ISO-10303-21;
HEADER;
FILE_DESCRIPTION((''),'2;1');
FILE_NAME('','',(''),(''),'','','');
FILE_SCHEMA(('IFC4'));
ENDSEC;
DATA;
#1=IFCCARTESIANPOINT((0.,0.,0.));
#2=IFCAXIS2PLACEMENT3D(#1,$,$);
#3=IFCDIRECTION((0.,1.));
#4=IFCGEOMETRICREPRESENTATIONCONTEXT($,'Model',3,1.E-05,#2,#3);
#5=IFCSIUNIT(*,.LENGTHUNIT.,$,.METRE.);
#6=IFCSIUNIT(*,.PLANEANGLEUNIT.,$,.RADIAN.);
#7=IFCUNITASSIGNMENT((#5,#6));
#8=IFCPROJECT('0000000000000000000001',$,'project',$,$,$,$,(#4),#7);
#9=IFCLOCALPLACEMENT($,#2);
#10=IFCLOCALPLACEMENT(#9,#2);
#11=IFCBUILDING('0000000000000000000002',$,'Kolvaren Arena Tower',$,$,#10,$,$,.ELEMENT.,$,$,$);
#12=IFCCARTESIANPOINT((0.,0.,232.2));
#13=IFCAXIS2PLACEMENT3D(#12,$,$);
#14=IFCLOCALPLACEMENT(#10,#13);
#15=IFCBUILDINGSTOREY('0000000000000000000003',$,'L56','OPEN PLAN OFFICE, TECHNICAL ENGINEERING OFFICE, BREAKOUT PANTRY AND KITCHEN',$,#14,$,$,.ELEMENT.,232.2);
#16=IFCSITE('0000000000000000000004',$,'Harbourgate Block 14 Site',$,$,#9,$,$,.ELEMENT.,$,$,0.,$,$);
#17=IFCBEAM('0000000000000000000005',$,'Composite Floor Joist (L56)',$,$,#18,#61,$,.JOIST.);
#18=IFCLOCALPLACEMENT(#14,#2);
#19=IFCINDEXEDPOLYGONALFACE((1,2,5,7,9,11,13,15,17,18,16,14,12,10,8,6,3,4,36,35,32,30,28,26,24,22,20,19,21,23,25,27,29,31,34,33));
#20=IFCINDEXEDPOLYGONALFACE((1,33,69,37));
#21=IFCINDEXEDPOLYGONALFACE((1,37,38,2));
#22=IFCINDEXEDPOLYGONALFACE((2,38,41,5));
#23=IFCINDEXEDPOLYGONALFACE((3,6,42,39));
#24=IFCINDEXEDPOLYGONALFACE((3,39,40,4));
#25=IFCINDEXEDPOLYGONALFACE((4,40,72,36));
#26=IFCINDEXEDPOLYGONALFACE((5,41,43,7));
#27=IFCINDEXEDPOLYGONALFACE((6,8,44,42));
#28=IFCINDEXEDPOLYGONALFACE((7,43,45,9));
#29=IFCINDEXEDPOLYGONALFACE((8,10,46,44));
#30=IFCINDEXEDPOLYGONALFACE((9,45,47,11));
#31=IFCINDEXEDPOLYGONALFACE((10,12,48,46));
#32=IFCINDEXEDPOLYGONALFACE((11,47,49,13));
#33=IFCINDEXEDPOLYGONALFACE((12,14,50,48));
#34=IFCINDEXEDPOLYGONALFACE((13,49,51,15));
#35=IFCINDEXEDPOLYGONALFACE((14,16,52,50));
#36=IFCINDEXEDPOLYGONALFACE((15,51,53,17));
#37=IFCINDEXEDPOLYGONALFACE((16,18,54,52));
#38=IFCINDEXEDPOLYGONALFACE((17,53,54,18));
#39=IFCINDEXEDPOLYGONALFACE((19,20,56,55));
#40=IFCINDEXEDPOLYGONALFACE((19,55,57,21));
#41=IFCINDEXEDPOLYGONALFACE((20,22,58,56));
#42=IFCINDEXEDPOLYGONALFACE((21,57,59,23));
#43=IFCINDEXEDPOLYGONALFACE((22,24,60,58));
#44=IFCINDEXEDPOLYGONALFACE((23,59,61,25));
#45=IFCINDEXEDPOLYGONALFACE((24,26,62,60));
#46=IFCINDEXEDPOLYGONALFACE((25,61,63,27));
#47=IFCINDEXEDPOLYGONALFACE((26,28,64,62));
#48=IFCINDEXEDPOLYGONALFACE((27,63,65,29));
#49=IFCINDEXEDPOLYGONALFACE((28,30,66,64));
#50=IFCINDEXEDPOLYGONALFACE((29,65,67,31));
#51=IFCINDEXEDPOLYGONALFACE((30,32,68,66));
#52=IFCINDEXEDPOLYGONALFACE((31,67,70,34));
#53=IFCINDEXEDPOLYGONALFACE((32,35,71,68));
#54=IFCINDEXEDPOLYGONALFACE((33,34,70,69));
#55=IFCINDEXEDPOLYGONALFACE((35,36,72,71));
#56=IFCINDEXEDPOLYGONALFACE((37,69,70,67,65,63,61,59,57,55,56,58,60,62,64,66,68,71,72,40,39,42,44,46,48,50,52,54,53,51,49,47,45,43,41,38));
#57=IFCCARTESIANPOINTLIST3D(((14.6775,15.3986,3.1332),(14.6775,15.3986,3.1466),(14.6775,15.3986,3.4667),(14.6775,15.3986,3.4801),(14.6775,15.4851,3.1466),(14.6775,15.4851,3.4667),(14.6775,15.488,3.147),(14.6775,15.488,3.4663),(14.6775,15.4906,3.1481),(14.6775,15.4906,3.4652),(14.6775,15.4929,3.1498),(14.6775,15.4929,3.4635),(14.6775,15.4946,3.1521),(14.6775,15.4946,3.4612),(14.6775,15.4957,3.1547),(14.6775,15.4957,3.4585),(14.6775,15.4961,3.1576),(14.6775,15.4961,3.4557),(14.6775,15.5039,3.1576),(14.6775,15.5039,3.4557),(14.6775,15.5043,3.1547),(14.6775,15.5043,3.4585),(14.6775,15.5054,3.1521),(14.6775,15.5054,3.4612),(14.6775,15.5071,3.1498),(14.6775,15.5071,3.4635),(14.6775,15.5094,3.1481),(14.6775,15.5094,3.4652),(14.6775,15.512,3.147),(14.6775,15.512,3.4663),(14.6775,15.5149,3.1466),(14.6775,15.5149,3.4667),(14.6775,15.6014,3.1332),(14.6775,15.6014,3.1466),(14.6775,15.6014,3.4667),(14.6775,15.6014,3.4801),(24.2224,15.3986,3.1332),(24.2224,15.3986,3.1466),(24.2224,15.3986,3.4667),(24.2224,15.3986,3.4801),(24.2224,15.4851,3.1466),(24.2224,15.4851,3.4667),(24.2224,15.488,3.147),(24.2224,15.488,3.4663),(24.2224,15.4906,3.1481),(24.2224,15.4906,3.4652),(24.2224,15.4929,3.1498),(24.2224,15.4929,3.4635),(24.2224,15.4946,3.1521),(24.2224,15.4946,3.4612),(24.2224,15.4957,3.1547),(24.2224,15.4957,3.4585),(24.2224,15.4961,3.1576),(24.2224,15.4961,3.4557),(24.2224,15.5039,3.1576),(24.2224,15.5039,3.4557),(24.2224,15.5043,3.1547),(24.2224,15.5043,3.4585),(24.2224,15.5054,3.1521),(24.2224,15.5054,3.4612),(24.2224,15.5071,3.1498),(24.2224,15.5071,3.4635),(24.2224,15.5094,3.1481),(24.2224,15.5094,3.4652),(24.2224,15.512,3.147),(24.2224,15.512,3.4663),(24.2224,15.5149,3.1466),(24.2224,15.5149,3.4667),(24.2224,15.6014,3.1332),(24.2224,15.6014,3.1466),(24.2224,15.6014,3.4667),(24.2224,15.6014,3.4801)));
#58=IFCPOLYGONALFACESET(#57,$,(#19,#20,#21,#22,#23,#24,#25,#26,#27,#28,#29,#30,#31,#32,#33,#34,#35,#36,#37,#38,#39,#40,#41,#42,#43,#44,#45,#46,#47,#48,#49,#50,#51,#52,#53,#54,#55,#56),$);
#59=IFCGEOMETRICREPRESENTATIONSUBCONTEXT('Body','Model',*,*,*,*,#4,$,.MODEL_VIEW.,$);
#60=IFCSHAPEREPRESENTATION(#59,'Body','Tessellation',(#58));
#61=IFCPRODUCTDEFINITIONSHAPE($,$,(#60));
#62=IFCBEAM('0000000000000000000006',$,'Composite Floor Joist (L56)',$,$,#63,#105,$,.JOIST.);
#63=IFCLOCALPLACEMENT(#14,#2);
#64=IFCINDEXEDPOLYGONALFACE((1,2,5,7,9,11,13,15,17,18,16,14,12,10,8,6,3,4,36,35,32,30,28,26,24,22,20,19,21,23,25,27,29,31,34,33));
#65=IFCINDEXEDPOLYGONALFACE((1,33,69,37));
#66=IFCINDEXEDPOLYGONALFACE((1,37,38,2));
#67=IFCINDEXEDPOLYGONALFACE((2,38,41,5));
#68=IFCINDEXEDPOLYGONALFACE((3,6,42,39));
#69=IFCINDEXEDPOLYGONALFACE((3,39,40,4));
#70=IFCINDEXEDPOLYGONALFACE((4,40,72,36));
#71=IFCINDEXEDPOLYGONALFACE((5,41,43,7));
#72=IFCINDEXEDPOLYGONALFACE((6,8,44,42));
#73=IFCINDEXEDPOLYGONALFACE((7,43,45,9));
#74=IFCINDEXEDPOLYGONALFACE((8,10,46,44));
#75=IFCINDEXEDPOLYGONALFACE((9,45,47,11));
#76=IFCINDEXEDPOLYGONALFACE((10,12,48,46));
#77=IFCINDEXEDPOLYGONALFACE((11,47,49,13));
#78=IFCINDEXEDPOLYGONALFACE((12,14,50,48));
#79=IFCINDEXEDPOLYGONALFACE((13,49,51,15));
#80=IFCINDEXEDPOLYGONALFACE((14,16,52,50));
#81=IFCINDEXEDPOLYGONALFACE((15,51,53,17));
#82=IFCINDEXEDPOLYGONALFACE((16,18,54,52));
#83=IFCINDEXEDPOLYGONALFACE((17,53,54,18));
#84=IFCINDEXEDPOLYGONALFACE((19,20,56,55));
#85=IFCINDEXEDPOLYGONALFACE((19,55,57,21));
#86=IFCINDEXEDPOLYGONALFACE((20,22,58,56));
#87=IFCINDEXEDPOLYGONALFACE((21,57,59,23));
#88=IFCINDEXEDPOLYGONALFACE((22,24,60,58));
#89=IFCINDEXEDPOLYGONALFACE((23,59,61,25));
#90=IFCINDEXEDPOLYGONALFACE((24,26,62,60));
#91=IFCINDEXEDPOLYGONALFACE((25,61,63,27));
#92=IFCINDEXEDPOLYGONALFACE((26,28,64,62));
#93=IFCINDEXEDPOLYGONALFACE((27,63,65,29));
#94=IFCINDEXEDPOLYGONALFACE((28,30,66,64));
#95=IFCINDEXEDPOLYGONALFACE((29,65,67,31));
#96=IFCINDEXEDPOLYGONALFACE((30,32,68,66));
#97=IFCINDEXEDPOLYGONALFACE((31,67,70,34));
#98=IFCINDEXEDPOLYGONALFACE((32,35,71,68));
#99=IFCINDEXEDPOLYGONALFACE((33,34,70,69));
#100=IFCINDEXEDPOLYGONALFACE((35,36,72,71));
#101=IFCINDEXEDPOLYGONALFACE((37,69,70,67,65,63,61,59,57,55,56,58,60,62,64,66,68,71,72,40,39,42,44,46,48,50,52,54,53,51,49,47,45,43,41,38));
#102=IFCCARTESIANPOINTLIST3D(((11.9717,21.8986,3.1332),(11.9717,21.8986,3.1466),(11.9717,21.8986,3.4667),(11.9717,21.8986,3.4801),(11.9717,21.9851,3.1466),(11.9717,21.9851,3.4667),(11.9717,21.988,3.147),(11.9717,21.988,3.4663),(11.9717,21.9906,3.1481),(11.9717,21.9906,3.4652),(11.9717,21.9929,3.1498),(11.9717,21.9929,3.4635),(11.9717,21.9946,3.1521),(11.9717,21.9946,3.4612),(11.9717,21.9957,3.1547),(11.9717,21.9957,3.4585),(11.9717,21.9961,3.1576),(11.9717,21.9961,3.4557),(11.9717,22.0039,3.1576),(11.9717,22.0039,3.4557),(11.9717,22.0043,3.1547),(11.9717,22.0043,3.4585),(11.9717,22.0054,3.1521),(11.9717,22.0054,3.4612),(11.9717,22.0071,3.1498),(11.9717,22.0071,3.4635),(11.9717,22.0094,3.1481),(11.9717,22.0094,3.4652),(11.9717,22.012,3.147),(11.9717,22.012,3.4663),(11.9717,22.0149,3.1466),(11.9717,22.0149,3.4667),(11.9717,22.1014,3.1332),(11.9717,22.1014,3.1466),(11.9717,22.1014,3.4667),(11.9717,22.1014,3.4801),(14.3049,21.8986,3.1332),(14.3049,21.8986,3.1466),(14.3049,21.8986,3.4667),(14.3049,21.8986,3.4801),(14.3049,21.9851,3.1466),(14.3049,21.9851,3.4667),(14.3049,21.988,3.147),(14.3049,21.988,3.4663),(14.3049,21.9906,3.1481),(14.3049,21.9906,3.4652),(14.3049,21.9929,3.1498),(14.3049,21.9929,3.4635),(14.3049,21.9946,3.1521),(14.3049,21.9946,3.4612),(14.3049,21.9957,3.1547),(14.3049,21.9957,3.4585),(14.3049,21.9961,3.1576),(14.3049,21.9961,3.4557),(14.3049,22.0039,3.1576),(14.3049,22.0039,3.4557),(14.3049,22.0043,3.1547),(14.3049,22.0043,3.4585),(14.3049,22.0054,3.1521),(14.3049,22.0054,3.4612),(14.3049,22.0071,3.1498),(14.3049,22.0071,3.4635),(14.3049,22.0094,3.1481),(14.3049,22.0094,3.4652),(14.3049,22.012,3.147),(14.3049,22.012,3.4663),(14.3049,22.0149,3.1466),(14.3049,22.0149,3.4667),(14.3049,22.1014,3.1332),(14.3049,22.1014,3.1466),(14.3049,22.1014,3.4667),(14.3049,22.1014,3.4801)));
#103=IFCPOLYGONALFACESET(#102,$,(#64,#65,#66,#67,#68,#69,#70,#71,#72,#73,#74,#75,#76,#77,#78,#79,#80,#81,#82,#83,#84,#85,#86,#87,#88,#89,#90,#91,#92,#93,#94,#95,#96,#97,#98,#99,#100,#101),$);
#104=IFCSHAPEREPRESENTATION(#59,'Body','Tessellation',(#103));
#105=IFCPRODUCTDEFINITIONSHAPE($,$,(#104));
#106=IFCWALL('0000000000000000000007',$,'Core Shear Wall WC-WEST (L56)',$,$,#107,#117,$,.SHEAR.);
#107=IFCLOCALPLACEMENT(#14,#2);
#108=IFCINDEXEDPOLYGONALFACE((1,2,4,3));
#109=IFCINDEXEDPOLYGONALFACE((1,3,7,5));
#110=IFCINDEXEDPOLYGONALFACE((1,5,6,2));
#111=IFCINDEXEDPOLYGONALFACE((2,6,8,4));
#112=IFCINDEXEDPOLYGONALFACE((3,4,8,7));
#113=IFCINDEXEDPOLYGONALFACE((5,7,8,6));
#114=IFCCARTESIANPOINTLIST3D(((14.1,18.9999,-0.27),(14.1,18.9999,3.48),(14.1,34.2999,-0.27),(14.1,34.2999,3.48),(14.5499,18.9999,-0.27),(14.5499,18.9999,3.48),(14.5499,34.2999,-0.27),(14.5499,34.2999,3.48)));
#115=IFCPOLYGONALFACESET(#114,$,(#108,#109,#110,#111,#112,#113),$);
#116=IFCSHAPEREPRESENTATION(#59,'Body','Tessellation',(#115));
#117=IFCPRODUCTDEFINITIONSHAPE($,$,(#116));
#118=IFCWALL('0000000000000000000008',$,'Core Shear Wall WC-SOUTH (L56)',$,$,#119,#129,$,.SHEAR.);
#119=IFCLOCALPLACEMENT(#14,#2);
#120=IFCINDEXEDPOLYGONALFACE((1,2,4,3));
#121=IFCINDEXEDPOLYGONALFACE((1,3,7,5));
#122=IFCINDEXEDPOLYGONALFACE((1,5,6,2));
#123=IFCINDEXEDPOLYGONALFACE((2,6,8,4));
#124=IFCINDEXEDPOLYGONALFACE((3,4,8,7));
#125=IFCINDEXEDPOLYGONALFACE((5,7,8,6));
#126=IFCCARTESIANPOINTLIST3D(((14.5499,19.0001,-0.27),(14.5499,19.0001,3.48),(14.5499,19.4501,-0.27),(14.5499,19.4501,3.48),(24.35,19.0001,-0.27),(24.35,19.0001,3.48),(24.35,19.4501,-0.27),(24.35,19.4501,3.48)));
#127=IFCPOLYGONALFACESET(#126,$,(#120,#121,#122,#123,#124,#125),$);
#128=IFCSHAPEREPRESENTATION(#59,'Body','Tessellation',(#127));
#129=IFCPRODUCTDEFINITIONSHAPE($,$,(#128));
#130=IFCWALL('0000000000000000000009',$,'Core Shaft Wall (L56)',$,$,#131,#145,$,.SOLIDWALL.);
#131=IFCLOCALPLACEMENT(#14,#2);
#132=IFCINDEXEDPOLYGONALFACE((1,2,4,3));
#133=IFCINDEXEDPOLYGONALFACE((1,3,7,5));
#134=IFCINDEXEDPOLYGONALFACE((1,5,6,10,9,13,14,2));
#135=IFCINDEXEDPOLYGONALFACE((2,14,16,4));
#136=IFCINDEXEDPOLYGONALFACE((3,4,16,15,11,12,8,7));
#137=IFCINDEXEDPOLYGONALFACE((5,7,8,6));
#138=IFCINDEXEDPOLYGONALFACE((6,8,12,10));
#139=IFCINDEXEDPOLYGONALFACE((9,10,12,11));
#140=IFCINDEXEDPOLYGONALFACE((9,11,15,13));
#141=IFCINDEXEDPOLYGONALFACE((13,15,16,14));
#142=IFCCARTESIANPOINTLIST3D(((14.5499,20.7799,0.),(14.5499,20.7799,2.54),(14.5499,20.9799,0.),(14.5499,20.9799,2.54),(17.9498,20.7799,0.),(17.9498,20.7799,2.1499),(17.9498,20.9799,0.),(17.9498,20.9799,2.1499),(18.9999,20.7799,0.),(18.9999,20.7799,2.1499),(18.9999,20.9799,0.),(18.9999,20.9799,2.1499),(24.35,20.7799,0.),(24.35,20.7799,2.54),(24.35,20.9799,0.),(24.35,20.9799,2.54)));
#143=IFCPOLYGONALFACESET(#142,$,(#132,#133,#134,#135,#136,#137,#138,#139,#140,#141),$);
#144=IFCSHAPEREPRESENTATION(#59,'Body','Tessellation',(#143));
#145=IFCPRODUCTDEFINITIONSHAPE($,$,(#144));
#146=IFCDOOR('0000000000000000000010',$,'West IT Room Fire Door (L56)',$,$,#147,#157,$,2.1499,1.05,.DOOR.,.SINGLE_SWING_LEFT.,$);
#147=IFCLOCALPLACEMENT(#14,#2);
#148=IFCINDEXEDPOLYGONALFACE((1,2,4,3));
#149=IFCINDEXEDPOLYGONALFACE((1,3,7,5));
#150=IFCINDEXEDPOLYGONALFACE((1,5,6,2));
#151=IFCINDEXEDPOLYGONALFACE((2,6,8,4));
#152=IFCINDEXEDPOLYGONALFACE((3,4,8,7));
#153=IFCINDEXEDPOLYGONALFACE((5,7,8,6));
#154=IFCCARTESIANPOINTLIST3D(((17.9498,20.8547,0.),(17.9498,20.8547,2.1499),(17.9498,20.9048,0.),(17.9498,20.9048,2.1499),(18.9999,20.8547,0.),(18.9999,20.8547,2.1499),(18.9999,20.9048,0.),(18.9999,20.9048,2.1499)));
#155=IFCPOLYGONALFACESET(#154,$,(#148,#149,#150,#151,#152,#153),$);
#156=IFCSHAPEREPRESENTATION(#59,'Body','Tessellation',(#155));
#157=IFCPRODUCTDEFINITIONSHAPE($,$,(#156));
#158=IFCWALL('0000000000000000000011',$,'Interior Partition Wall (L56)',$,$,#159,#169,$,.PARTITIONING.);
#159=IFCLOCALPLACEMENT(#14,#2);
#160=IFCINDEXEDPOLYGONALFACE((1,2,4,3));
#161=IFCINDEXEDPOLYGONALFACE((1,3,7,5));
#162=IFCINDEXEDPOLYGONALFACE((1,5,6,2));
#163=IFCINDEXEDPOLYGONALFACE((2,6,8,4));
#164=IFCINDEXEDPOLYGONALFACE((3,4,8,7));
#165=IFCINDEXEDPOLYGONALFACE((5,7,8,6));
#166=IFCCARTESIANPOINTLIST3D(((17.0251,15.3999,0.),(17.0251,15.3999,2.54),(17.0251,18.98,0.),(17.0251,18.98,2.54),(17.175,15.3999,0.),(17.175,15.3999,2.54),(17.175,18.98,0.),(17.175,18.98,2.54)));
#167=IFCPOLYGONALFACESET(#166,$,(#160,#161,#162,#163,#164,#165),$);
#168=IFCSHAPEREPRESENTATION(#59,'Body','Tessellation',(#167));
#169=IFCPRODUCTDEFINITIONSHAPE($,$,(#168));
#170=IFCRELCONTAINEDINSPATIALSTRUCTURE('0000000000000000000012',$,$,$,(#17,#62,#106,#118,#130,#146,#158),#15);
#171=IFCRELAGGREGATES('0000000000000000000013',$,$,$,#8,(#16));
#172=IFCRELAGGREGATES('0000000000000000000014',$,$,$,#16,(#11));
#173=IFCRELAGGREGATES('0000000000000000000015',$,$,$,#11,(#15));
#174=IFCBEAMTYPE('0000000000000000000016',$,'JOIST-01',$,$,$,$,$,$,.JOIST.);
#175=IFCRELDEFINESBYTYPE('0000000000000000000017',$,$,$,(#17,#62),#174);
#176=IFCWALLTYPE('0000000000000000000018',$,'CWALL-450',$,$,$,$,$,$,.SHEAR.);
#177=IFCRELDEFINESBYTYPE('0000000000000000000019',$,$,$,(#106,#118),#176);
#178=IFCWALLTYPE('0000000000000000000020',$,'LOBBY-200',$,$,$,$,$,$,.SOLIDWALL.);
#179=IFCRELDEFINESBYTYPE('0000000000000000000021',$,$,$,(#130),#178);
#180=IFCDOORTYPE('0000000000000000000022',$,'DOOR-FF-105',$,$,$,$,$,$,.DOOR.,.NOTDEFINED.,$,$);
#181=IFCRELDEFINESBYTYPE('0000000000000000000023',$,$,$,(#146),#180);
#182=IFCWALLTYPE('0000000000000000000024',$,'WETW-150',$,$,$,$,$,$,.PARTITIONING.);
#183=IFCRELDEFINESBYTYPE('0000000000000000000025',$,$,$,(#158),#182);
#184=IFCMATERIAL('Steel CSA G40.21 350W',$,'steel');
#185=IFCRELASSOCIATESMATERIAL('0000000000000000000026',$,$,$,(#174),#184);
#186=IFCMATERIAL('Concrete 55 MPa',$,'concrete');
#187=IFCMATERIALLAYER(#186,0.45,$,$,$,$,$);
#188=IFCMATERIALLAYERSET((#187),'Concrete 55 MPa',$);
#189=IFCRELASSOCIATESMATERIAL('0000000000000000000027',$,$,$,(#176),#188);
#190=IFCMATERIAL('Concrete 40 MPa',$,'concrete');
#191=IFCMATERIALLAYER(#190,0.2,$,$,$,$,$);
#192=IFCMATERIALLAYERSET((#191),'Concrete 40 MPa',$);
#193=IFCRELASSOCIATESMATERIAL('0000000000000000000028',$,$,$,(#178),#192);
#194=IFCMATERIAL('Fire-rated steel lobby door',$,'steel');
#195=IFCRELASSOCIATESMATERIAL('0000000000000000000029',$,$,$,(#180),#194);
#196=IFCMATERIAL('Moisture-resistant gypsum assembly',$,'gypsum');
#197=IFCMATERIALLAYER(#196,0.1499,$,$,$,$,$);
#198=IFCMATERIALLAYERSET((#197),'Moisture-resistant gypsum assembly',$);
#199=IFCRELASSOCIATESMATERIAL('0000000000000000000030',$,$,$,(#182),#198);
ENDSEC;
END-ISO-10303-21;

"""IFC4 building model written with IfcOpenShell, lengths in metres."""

from ifc_helpers import new_model, si_unit, direction, frame, frame_2d, origin, origin_2d, place, context, subcontext, project, spatial, rectangle, i_section, extrude, material, layer, layer_set, material_profile, profile_set, type_object, element, fill, save


model = new_model("IFC4")

# Units and contexts
model_context = context("Model", 3, precision=1e-05, world=origin(), true_north=direction((0.0, 1.0)))
body_context = subcontext(model_context, "Body", "Model", "MODEL_VIEW")
ifc_project = project(units=[si_unit("LENGTHUNIT", "METRE"), si_unit("PLANEANGLEUNIT", "RADIAN")], contexts=[model_context])

# Site, building, storey
site_placement = place(None, origin())
site = spatial("IfcSite", under=ifc_project, at=site_placement, Name="Harbourgate Block 14 Site", CompositionType="ELEMENT", RefElevation=0.0)
building_placement = place(site_placement, origin())
building = spatial("IfcBuilding", under=site, at=building_placement, Name="Kolvaren Arena Tower", CompositionType="ELEMENT")
storey_placement = place(building_placement, frame((0.0, 0.0, 232.2)))
storey = spatial("IfcBuildingStorey", under=building, at=storey_placement, Name="L56", Description="OPEN PLAN OFFICE, TECHNICAL ENGINEERING OFFICE, BREAKOUT PANTRY AND KITCHEN", CompositionType="ELEMENT", Elevation=232.2)

# Beams
ifc_material_1 = material(Name="Steel CSA G40.21 350W", Category="steel")
ifc_material_profile_1 = material_profile(ifc_material_1, i_section(OverallWidth=0.2029, OverallDepth=0.3469, WebThickness=0.0078, FlangeThickness=0.0134, FilletRadius=0.011, at=origin_2d()), Name="W360x64")
ifc_profile_set_1 = profile_set([ifc_material_profile_1], Name="Steel CSA G40.21 350W")
beam_type_1 = type_object("IfcBeamType", Name="JOIST-01", PredefinedType="JOIST", material=ifc_profile_set_1)
beam_1_placement = place(storey_placement, frame((14.6775, 15.5, 3.3066), z_axis=(1.0, 0.0, 0.0), x_axis=(0.0, 1.0, 0.0)))
element("IfcBeam", 1, at=beam_1_placement, inside=storey, type_object=beam_type_1, Name="Composite Floor Joist (L56)", PredefinedType="JOIST", context=body_context, shape_type="SweptSolid", body=[
    extrude(i_section(OverallWidth=0.2029, OverallDepth=0.3469, WebThickness=0.0078, FlangeThickness=0.0134, FilletRadius=0.011, at=origin_2d()), origin(), (0.0, 0.0, 1.0), 9.5449),
])
beam_2_placement = place(storey_placement, frame((11.9717, 22.0, 3.3066), z_axis=(1.0, 0.0, 0.0), x_axis=(0.0, 1.0, 0.0)))
element("IfcBeam", 2, at=beam_2_placement, inside=storey, type_object=beam_type_1, Name="Composite Floor Joist (L56)", PredefinedType="JOIST", context=body_context, shape_type="SweptSolid", body=[
    extrude(i_section(OverallWidth=0.2029, OverallDepth=0.3469, WebThickness=0.0078, FlangeThickness=0.0134, FilletRadius=0.011, at=origin_2d()), origin(), (0.0, 0.0, 1.0), 2.3333),
])

# Walls
ifc_material_2 = material(Name="Concrete 55 MPa", Category="concrete")
ifc_layer_1 = layer(ifc_material_2, 0.45)
ifc_layer_set_1 = layer_set([ifc_layer_1], Name="Concrete 55 MPa")
wall_type_1 = type_object("IfcWallType", Name="CWALL-450", PredefinedType="SHEAR", material=ifc_layer_set_1)
wall_1_placement = place(storey_placement, frame((14.325, 19.0, -0.27), z_axis=(0.0, 0.0, 1.0), x_axis=(0.0, 1.0, 0.0)))
element("IfcWall", 3, at=wall_1_placement, inside=storey, type_object=wall_type_1, Name="Core Shear Wall WC-WEST (L56)", PredefinedType="SHEAR", context=body_context, shape_type="SweptSolid", body=[
    extrude(rectangle(XDim=15.3, YDim=0.45, at=frame_2d((7.6499, 0.0))), origin(), (0.0, 0.0, 1.0), 3.75),
])
wall_2_placement = place(storey_placement, frame((14.55, 19.2251, -0.27), z_axis=(0.0, 0.0, 1.0), x_axis=(1.0, 0.0, 0.0)))
element("IfcWall", 4, at=wall_2_placement, inside=storey, type_object=wall_type_1, Name="Core Shear Wall WC-SOUTH (L56)", PredefinedType="SHEAR", context=body_context, shape_type="SweptSolid", body=[
    extrude(rectangle(XDim=9.8, YDim=0.45, at=frame_2d((4.8999, 0.0))), origin(), (0.0, 0.0, 1.0), 3.75),
])

# Wall, opening, door
ifc_material_3 = material(Name="Concrete 40 MPa", Category="concrete")
ifc_layer_2 = layer(ifc_material_3, 0.2)
ifc_layer_set_2 = layer_set([ifc_layer_2], Name="Concrete 40 MPa")
wall_type_2 = type_object("IfcWallType", Name="LOBBY-200", PredefinedType="SOLIDWALL", material=ifc_layer_set_2)
wall_3_placement = place(storey_placement, frame((14.55, 20.8799, 0.0), z_axis=(0.0, 0.0, 1.0), x_axis=(1.0, 0.0, 0.0)))
wall_3 = element("IfcWall", 5, at=wall_3_placement, inside=storey, type_object=wall_type_2, Name="Core Shaft Wall (L56)", PredefinedType="SOLIDWALL", context=body_context, shape_type="SweptSolid", body=[
    extrude(rectangle(XDim=9.8, YDim=0.2, at=frame_2d((4.8999, 0.0))), origin(), (0.0, 0.0, 1.0), 2.54),
])
opening_placement = place(wall_3_placement, frame((3.3999, 0.0, 0.0)))
opening = element("IfcOpeningElement", 6, at=opening_placement, cuts=wall_3, PredefinedType="OPENING", context=body_context, shape_type="SweptSolid", body=[
    extrude(rectangle(XDim=1.05, YDim=2.1499, at=frame_2d((0.5249, 1.075))), frame((0.0, 0.1099, 0.0), z_axis=(0.0, -1.0, 0.0), x_axis=(1.0, 0.0, 0.0)), (0.0, 0.0, 1.0), 0.22),
])
ifc_material_4 = material(Name="Fire-rated steel lobby door", Category="steel")
door_type = type_object("IfcDoorType", Name="DOOR-FF-105", OperationType="NOTDEFINED", PredefinedType="DOOR", material=ifc_material_4)
door_placement = place(opening_placement, origin())
door = element("IfcDoor", 7, at=door_placement, inside=storey, type_object=door_type, Name="West IT Room Fire Door (L56)", OperationType="SINGLE_SWING_LEFT", OverallHeight=2.1499, OverallWidth=1.05, PredefinedType="DOOR", context=body_context, shape_type="SweptSolid", body=[
    extrude(rectangle(XDim=1.05, YDim=2.1499, at=frame_2d((0.5249, 1.075))), frame((0.0, 0.0249, 0.0), z_axis=(0.0, -1.0, 0.0), x_axis=(1.0, 0.0, 0.0)), (0.0, 0.0, 1.0), 0.05),
])
fill(opening, door)

# Wall
ifc_material_5 = material(Name="Moisture-resistant gypsum assembly", Category="gypsum")
ifc_layer_3 = layer(ifc_material_5, 0.1499)
ifc_layer_set_3 = layer_set([ifc_layer_3], Name="Moisture-resistant gypsum assembly")
wall_type_3 = type_object("IfcWallType", Name="WETW-150", PredefinedType="PARTITIONING", material=ifc_layer_set_3)
wall_4_placement = place(storey_placement, frame((17.1001, 15.3999, 0.0), z_axis=(0.0, 0.0, 1.0), x_axis=(0.0, 1.0, 0.0)))
element("IfcWall", 8, at=wall_4_placement, inside=storey, type_object=wall_type_3, Name="Interior Partition Wall (L56)", PredefinedType="PARTITIONING", context=body_context, shape_type="SweptSolid", body=[
    extrude(rectangle(XDim=3.5801, YDim=0.1499, at=frame_2d((1.79, 0.0))), origin(), (0.0, 0.0, 1.0), 2.54),
])

save(model, "model.ifc")
